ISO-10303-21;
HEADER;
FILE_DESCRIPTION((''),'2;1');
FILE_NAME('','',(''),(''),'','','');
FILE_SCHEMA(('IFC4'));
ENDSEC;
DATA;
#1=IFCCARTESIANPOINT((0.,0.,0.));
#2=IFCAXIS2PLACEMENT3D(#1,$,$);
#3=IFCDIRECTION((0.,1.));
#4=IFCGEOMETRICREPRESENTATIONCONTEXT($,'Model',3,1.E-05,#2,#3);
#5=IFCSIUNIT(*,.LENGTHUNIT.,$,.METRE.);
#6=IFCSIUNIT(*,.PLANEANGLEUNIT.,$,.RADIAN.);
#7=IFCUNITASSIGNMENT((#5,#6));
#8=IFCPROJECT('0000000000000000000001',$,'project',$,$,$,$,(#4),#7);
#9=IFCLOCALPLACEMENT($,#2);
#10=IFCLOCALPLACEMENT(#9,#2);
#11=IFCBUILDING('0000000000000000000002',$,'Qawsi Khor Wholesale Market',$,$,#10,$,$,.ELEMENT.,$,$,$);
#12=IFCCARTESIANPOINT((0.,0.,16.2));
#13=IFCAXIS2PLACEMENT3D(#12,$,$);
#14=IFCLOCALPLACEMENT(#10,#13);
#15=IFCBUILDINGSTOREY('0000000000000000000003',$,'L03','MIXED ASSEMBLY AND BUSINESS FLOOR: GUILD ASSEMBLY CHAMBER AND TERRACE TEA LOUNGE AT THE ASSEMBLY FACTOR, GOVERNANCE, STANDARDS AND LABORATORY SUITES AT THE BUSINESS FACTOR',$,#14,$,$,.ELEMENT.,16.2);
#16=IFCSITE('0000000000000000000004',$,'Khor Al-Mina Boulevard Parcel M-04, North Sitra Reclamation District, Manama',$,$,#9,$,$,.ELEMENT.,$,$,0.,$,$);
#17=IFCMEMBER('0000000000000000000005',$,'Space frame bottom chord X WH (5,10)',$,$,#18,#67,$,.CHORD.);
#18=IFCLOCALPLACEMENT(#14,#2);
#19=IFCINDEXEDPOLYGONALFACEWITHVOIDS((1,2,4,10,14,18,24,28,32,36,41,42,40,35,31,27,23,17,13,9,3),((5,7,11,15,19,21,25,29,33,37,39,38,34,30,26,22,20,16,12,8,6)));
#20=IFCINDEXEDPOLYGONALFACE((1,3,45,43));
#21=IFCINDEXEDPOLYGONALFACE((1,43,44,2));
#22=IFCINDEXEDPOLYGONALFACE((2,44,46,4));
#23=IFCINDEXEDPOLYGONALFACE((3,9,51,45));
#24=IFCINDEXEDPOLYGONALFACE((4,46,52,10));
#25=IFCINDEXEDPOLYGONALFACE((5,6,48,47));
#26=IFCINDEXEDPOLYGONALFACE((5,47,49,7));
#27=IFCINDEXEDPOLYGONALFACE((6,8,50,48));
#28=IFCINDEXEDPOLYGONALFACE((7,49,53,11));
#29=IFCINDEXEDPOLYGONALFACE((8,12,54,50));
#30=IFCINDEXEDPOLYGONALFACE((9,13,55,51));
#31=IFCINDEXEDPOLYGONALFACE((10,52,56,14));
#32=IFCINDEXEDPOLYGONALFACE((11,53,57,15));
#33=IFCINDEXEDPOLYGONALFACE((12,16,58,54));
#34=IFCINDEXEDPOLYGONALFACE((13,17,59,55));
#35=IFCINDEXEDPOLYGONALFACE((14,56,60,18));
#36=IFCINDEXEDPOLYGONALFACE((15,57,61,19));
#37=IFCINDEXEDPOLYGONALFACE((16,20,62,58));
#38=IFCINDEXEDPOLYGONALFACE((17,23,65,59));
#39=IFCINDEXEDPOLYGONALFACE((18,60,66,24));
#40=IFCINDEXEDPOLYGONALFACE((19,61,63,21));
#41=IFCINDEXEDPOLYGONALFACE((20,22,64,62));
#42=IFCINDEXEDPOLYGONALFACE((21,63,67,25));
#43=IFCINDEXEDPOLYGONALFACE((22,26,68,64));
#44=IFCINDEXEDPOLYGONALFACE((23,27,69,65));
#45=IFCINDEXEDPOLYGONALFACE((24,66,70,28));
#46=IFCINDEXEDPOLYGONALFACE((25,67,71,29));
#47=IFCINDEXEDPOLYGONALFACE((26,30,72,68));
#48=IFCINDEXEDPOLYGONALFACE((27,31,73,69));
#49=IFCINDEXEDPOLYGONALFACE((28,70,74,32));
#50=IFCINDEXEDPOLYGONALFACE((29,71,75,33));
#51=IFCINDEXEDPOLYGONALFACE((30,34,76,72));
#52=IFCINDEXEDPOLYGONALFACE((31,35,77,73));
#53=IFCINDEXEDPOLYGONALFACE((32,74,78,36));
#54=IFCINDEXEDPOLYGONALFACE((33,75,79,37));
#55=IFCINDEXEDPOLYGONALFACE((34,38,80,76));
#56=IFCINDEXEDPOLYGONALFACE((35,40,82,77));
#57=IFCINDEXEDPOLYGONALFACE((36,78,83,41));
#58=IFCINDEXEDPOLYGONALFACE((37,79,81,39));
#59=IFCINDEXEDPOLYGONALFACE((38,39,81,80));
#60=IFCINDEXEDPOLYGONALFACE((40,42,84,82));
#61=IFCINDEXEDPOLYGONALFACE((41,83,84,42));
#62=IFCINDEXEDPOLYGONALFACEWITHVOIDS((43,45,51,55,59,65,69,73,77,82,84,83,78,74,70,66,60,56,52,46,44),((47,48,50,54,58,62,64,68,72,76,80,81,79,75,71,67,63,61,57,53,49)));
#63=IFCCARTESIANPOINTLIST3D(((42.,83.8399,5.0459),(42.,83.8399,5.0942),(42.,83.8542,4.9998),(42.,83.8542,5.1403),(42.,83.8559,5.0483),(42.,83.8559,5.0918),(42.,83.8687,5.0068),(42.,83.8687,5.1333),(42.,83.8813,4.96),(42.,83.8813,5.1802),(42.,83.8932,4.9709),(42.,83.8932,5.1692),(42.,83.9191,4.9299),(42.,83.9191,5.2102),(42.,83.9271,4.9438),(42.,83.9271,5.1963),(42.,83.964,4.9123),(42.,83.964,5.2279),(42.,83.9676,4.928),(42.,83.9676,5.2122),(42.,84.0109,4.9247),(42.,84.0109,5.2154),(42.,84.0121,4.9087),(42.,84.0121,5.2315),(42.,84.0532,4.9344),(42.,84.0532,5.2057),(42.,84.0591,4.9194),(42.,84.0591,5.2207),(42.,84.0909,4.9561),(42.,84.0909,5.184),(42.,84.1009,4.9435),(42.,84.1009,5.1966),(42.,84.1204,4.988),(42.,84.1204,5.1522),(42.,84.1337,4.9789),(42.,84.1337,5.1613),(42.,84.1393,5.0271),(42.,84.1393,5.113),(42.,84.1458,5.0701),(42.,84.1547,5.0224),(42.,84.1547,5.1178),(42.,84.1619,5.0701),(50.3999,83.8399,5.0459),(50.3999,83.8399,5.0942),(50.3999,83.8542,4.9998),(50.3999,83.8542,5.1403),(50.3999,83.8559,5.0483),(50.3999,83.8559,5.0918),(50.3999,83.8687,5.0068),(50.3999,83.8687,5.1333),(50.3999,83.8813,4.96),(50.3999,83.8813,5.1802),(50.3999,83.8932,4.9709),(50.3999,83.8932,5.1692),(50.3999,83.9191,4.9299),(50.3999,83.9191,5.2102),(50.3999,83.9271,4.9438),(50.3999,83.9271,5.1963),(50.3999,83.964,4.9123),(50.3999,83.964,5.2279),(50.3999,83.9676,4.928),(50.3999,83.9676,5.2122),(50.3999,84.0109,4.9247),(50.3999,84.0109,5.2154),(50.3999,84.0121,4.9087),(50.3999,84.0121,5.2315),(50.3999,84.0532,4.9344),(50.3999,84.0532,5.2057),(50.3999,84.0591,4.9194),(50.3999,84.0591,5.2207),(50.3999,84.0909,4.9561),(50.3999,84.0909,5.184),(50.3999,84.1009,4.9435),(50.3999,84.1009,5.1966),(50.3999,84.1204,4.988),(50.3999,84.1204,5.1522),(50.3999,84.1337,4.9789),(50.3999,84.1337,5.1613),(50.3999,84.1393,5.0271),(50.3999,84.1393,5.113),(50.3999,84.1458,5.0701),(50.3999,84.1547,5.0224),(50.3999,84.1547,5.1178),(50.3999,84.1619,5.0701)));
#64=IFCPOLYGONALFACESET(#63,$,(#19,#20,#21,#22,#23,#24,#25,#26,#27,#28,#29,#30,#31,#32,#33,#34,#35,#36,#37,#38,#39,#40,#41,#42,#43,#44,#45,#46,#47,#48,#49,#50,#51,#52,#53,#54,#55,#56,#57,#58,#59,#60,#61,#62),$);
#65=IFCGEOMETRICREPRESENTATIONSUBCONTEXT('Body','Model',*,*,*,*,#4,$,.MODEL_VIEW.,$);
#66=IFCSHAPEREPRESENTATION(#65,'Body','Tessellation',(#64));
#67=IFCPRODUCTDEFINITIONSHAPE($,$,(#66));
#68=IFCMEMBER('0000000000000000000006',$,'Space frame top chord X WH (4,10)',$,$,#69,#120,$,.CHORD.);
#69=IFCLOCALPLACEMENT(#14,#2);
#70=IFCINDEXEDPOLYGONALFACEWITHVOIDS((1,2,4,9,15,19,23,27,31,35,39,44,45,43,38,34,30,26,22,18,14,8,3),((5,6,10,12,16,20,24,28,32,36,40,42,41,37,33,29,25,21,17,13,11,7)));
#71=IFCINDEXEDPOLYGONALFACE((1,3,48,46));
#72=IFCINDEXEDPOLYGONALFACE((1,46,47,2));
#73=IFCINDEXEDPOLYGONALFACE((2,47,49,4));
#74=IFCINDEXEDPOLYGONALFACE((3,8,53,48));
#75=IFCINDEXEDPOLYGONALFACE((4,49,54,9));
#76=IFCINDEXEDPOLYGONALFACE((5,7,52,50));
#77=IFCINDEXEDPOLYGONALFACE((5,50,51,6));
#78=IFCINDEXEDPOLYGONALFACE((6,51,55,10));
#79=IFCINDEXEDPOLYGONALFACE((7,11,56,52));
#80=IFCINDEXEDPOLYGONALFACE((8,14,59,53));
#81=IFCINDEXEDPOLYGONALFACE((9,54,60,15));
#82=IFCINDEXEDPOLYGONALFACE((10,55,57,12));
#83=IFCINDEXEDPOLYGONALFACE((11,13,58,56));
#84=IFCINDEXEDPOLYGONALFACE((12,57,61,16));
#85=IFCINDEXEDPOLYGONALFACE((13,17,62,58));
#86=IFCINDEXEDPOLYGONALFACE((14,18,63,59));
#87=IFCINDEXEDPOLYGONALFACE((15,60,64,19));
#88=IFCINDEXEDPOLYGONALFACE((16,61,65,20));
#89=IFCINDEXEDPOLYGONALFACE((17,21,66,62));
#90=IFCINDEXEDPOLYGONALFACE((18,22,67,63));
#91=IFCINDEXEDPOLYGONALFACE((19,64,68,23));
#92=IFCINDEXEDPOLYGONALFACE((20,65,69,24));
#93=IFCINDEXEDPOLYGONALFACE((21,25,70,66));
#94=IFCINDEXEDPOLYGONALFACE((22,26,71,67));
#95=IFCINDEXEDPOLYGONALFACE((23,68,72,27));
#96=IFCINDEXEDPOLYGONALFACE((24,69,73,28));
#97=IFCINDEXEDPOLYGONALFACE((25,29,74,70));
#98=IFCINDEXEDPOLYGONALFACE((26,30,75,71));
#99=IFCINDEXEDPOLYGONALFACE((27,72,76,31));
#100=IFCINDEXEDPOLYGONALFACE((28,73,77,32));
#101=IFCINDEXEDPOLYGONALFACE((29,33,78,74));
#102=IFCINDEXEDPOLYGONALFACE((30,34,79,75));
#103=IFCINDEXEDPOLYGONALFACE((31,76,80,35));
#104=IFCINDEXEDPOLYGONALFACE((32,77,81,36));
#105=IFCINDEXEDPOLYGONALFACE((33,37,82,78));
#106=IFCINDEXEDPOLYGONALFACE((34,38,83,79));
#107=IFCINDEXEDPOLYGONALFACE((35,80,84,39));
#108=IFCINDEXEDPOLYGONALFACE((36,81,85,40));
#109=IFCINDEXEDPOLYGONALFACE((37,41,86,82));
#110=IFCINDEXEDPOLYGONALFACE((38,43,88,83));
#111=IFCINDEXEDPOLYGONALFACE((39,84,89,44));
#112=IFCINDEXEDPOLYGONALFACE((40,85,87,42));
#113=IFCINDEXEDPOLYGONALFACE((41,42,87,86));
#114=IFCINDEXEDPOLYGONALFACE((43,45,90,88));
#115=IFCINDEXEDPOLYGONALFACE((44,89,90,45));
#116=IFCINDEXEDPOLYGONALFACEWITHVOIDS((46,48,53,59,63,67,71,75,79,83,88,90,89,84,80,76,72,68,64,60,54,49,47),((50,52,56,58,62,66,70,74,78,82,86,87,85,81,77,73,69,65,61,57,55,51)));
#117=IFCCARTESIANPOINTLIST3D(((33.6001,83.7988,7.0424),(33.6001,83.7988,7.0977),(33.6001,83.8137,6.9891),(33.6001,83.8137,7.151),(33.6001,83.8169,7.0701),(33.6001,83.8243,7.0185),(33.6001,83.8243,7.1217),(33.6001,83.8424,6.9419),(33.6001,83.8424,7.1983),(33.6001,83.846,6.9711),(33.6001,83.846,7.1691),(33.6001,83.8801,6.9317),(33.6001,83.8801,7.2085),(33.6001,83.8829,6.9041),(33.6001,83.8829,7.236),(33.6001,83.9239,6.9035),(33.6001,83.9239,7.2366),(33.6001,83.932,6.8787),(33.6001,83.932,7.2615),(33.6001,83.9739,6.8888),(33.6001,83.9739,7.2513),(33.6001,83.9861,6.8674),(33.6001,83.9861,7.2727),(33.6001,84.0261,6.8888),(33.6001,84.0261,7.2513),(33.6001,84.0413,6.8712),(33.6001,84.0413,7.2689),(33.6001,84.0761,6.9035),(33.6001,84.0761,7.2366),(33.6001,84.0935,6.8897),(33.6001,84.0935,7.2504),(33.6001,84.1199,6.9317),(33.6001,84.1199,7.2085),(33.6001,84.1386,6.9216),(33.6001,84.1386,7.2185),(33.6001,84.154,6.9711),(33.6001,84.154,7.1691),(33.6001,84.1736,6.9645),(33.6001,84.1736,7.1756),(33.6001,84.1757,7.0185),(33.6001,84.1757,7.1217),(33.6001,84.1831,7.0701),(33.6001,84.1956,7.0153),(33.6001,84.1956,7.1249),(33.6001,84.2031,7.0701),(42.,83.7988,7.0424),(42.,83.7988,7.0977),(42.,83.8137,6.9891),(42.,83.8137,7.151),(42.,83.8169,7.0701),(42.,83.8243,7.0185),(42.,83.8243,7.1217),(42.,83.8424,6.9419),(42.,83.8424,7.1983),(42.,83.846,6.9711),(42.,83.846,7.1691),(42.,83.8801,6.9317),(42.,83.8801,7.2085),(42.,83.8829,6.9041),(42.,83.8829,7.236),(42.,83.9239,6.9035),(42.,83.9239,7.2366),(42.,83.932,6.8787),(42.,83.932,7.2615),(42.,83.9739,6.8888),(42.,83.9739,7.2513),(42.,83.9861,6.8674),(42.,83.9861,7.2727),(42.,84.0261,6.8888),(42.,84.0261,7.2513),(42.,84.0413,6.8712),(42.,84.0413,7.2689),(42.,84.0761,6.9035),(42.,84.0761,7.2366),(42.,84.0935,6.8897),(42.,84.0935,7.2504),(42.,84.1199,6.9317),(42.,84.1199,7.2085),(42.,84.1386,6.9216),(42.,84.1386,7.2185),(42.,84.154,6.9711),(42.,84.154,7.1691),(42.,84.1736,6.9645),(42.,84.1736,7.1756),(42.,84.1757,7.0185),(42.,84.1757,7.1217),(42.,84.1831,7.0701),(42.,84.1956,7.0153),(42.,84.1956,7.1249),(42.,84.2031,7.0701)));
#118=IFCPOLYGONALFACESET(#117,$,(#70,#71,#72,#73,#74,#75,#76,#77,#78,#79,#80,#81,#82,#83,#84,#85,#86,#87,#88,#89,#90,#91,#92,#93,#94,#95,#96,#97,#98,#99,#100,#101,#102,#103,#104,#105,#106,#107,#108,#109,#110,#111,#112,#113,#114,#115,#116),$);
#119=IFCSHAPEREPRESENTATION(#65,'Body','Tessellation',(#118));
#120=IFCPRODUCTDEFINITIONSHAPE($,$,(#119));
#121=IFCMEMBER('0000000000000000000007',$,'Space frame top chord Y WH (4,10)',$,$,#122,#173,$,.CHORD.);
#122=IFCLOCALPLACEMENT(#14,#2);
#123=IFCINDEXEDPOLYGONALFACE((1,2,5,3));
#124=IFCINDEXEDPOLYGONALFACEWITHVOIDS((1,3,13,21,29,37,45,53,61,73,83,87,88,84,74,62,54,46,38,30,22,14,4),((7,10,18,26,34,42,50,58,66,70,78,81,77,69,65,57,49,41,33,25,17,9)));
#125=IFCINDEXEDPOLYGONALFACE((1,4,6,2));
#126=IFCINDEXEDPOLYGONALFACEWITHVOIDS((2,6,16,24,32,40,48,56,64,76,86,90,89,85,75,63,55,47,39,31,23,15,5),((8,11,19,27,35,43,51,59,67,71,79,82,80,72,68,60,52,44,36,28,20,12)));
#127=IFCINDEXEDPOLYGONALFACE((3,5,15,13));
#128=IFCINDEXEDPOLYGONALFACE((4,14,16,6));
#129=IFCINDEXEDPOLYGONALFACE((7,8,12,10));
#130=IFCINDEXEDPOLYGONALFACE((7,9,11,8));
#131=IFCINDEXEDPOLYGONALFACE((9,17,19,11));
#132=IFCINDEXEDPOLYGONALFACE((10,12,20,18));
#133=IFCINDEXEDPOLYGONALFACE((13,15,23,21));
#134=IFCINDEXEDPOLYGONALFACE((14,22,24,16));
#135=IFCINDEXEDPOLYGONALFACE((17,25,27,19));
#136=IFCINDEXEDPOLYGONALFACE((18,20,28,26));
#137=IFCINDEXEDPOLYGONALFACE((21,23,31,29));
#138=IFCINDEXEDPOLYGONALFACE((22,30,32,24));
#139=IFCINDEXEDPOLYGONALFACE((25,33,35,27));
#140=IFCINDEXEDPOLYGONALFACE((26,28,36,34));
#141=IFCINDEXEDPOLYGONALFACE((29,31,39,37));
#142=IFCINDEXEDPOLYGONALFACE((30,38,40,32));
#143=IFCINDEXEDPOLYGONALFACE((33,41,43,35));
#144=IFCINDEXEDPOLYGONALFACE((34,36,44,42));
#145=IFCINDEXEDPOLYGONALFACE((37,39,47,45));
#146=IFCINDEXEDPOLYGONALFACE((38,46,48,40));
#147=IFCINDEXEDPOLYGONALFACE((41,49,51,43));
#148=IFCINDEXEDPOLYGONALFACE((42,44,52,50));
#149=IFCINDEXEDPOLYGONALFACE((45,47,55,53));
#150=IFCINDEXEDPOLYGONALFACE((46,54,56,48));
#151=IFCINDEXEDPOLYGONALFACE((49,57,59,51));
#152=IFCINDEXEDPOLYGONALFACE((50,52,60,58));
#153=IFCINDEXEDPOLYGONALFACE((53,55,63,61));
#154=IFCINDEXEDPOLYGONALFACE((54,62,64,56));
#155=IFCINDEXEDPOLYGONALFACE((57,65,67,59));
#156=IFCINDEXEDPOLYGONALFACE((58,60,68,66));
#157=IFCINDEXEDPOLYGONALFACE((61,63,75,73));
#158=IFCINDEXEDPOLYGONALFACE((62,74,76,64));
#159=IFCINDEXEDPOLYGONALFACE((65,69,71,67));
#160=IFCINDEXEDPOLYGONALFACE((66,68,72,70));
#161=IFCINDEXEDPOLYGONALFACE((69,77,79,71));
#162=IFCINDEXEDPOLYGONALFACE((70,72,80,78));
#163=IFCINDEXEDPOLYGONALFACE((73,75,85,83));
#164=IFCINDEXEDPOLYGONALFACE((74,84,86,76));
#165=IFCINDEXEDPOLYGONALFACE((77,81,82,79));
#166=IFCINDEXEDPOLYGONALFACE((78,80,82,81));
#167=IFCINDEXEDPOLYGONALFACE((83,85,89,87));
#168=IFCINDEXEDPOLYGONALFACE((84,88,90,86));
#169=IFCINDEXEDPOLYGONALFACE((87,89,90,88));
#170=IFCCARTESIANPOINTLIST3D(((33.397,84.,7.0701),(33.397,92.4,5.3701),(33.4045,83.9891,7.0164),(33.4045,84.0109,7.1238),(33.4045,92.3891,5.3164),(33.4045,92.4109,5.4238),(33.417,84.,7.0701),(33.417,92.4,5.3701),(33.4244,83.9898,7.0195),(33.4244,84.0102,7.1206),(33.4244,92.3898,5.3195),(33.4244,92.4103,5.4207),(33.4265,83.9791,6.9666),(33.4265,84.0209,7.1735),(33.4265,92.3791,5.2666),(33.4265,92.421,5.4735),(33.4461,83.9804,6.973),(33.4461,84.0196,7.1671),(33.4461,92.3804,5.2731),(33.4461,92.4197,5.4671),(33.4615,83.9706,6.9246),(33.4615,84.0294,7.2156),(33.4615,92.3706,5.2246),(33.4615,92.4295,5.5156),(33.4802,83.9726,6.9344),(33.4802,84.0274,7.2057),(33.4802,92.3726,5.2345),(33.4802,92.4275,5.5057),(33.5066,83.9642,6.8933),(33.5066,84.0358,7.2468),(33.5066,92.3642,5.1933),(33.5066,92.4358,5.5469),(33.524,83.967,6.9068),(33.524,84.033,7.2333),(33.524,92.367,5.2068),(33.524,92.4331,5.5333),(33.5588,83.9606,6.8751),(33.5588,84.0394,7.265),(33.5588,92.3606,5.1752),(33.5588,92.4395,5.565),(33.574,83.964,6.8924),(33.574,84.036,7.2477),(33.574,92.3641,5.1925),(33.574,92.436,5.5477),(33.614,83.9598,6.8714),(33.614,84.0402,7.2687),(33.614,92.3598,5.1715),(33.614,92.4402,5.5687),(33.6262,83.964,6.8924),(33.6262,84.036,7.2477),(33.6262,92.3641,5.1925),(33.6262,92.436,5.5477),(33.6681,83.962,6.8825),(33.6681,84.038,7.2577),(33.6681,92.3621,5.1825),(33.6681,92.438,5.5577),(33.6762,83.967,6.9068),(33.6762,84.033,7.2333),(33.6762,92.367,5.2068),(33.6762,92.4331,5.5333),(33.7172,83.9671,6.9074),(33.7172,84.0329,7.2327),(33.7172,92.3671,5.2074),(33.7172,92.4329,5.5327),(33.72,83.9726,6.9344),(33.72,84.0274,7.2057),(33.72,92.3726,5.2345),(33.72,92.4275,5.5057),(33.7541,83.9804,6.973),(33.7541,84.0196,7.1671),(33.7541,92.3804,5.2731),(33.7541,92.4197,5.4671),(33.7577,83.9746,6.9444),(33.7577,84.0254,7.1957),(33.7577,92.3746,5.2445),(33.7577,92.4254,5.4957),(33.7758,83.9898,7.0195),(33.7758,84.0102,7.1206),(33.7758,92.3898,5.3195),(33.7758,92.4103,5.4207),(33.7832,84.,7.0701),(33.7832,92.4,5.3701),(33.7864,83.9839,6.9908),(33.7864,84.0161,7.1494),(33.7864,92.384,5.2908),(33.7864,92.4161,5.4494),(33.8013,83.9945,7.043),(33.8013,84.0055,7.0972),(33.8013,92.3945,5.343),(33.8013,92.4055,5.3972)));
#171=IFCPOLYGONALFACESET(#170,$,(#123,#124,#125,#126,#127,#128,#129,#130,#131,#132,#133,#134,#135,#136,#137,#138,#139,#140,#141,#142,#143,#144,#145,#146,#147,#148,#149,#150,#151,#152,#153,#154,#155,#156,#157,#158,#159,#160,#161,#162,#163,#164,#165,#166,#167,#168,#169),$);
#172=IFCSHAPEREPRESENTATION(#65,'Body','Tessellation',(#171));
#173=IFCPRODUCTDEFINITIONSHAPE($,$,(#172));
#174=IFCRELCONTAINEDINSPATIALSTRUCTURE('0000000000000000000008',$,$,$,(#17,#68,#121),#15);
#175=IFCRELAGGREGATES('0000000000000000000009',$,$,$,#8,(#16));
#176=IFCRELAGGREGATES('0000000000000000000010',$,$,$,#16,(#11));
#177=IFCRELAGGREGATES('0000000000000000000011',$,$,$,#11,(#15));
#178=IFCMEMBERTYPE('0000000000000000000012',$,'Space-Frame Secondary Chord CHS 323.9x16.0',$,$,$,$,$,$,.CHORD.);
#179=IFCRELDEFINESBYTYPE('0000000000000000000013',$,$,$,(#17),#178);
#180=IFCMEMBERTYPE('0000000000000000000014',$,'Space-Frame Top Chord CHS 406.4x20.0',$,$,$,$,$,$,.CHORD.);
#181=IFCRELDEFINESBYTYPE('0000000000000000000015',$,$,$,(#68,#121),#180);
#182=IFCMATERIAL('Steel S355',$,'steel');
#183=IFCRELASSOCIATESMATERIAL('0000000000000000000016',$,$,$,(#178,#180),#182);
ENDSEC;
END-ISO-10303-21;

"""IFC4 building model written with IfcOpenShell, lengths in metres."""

from ifc_helpers import new_model, si_unit, direction, frame, origin, origin_2d, place, context, subcontext, project, spatial, hollow_circle, extrude, material, material_profile, profile_set, type_object, element, save


model = new_model("IFC4")

# Units and contexts
model_context = context("Model", 3, precision=1e-05, world=origin(), true_north=direction((0.0, 1.0)))
body_context = subcontext(model_context, "Body", "Model", "MODEL_VIEW")
ifc_project = project(units=[si_unit("LENGTHUNIT", "METRE"), si_unit("PLANEANGLEUNIT", "RADIAN")], contexts=[model_context])

# Site, building, storey
site_placement = place(None, origin())
site = spatial("IfcSite", under=ifc_project, at=site_placement, Name="Khor Al-Mina Boulevard Parcel M-04, North Sitra Reclamation District, Manama", CompositionType="ELEMENT", RefElevation=0.0)
building_placement = place(site_placement, origin())
building = spatial("IfcBuilding", under=site, at=building_placement, Name="Qawsi Khor Wholesale Market", CompositionType="ELEMENT")
storey_placement = place(building_placement, frame((0.0, 0.0, 16.2)))
storey = spatial("IfcBuildingStorey", under=building, at=storey_placement, Name="L03", Description="MIXED ASSEMBLY AND BUSINESS FLOOR: GUILD ASSEMBLY CHAMBER AND TERRACE TEA LOUNGE AT THE ASSEMBLY FACTOR, GOVERNANCE, STANDARDS AND LABORATORY SUITES AT THE BUSINESS FACTOR", CompositionType="ELEMENT", Elevation=16.2)

# Members
ifc_material_1 = material(Name="Steel S355", Category="steel")
ifc_material_profile_1 = material_profile(ifc_material_1, hollow_circle(Radius=0.1619, WallThickness=0.0161, at=origin_2d()), Name="CHS 323.9x16.0")
ifc_profile_set_1 = profile_set([ifc_material_profile_1], Name="Steel S355")
member_type_1 = type_object("IfcMemberType", Name="Space-Frame Secondary Chord CHS 323.9x16.0", PredefinedType="CHORD", material=ifc_profile_set_1)
for number, where, z_axis, x_axis, name in (
    (1, (42.0, 84.0, 5.0701), (1.0, 0.0, 0.0), (0.0, 1.0, 0.0), "Space frame bottom chord X WH (5,10)"),
):
    element("IfcMember", number, at=place(storey_placement, frame(where, z_axis=z_axis, x_axis=x_axis)), inside=storey, type_object=member_type_1, Name=name, PredefinedType="CHORD", context=body_context, shape_type="SweptSolid", body=[
        extrude(hollow_circle(Radius=0.1619, WallThickness=0.0161, at=origin_2d()), origin(), (0.0, 0.0, 1.0), 8.3999),
    ])
ifc_material_profile_2 = material_profile(ifc_material_1, hollow_circle(Radius=0.2031, WallThickness=0.02, at=origin_2d()), Name="CHS 406.4x20.0")
ifc_profile_set_2 = profile_set([ifc_material_profile_2], Name="Steel S355")
member_type_2 = type_object("IfcMemberType", Name="Space-Frame Top Chord CHS 406.4x20.0", PredefinedType="CHORD", material=ifc_profile_set_2)
member_1_placement = place(storey_placement, frame((33.6001, 84.0, 7.0701), z_axis=(1.0, 0.0, 0.0), x_axis=(0.0, 1.0, 0.0)))
element("IfcMember", 2, at=member_1_placement, inside=storey, type_object=member_type_2, Name="Space frame top chord X WH (4,10)", PredefinedType="CHORD", context=body_context, shape_type="SweptSolid", body=[
    extrude(hollow_circle(Radius=0.2031, WallThickness=0.02, at=origin_2d()), origin(), (0.0, 0.0, 1.0), 8.3999),
])
for number, where, z_axis, x_axis, name in (
    (3, (33.6001, 84.0, 7.0701), (0.0, 0.98013, -0.198356), (-1.0, 0.0, 0.0), "Space frame top chord Y WH (4,10)"),
):
    element("IfcMember", number, at=place(storey_placement, frame(where, z_axis=z_axis, x_axis=x_axis)), inside=storey, type_object=member_type_2, Name=name, PredefinedType="CHORD", context=body_context, shape_type="SweptSolid", body=[
        extrude(hollow_circle(Radius=0.2031, WallThickness=0.02, at=origin_2d()), origin(), (0.0, 0.0, 1.0), 8.5703),
    ])

save(model, "model.ifc")
